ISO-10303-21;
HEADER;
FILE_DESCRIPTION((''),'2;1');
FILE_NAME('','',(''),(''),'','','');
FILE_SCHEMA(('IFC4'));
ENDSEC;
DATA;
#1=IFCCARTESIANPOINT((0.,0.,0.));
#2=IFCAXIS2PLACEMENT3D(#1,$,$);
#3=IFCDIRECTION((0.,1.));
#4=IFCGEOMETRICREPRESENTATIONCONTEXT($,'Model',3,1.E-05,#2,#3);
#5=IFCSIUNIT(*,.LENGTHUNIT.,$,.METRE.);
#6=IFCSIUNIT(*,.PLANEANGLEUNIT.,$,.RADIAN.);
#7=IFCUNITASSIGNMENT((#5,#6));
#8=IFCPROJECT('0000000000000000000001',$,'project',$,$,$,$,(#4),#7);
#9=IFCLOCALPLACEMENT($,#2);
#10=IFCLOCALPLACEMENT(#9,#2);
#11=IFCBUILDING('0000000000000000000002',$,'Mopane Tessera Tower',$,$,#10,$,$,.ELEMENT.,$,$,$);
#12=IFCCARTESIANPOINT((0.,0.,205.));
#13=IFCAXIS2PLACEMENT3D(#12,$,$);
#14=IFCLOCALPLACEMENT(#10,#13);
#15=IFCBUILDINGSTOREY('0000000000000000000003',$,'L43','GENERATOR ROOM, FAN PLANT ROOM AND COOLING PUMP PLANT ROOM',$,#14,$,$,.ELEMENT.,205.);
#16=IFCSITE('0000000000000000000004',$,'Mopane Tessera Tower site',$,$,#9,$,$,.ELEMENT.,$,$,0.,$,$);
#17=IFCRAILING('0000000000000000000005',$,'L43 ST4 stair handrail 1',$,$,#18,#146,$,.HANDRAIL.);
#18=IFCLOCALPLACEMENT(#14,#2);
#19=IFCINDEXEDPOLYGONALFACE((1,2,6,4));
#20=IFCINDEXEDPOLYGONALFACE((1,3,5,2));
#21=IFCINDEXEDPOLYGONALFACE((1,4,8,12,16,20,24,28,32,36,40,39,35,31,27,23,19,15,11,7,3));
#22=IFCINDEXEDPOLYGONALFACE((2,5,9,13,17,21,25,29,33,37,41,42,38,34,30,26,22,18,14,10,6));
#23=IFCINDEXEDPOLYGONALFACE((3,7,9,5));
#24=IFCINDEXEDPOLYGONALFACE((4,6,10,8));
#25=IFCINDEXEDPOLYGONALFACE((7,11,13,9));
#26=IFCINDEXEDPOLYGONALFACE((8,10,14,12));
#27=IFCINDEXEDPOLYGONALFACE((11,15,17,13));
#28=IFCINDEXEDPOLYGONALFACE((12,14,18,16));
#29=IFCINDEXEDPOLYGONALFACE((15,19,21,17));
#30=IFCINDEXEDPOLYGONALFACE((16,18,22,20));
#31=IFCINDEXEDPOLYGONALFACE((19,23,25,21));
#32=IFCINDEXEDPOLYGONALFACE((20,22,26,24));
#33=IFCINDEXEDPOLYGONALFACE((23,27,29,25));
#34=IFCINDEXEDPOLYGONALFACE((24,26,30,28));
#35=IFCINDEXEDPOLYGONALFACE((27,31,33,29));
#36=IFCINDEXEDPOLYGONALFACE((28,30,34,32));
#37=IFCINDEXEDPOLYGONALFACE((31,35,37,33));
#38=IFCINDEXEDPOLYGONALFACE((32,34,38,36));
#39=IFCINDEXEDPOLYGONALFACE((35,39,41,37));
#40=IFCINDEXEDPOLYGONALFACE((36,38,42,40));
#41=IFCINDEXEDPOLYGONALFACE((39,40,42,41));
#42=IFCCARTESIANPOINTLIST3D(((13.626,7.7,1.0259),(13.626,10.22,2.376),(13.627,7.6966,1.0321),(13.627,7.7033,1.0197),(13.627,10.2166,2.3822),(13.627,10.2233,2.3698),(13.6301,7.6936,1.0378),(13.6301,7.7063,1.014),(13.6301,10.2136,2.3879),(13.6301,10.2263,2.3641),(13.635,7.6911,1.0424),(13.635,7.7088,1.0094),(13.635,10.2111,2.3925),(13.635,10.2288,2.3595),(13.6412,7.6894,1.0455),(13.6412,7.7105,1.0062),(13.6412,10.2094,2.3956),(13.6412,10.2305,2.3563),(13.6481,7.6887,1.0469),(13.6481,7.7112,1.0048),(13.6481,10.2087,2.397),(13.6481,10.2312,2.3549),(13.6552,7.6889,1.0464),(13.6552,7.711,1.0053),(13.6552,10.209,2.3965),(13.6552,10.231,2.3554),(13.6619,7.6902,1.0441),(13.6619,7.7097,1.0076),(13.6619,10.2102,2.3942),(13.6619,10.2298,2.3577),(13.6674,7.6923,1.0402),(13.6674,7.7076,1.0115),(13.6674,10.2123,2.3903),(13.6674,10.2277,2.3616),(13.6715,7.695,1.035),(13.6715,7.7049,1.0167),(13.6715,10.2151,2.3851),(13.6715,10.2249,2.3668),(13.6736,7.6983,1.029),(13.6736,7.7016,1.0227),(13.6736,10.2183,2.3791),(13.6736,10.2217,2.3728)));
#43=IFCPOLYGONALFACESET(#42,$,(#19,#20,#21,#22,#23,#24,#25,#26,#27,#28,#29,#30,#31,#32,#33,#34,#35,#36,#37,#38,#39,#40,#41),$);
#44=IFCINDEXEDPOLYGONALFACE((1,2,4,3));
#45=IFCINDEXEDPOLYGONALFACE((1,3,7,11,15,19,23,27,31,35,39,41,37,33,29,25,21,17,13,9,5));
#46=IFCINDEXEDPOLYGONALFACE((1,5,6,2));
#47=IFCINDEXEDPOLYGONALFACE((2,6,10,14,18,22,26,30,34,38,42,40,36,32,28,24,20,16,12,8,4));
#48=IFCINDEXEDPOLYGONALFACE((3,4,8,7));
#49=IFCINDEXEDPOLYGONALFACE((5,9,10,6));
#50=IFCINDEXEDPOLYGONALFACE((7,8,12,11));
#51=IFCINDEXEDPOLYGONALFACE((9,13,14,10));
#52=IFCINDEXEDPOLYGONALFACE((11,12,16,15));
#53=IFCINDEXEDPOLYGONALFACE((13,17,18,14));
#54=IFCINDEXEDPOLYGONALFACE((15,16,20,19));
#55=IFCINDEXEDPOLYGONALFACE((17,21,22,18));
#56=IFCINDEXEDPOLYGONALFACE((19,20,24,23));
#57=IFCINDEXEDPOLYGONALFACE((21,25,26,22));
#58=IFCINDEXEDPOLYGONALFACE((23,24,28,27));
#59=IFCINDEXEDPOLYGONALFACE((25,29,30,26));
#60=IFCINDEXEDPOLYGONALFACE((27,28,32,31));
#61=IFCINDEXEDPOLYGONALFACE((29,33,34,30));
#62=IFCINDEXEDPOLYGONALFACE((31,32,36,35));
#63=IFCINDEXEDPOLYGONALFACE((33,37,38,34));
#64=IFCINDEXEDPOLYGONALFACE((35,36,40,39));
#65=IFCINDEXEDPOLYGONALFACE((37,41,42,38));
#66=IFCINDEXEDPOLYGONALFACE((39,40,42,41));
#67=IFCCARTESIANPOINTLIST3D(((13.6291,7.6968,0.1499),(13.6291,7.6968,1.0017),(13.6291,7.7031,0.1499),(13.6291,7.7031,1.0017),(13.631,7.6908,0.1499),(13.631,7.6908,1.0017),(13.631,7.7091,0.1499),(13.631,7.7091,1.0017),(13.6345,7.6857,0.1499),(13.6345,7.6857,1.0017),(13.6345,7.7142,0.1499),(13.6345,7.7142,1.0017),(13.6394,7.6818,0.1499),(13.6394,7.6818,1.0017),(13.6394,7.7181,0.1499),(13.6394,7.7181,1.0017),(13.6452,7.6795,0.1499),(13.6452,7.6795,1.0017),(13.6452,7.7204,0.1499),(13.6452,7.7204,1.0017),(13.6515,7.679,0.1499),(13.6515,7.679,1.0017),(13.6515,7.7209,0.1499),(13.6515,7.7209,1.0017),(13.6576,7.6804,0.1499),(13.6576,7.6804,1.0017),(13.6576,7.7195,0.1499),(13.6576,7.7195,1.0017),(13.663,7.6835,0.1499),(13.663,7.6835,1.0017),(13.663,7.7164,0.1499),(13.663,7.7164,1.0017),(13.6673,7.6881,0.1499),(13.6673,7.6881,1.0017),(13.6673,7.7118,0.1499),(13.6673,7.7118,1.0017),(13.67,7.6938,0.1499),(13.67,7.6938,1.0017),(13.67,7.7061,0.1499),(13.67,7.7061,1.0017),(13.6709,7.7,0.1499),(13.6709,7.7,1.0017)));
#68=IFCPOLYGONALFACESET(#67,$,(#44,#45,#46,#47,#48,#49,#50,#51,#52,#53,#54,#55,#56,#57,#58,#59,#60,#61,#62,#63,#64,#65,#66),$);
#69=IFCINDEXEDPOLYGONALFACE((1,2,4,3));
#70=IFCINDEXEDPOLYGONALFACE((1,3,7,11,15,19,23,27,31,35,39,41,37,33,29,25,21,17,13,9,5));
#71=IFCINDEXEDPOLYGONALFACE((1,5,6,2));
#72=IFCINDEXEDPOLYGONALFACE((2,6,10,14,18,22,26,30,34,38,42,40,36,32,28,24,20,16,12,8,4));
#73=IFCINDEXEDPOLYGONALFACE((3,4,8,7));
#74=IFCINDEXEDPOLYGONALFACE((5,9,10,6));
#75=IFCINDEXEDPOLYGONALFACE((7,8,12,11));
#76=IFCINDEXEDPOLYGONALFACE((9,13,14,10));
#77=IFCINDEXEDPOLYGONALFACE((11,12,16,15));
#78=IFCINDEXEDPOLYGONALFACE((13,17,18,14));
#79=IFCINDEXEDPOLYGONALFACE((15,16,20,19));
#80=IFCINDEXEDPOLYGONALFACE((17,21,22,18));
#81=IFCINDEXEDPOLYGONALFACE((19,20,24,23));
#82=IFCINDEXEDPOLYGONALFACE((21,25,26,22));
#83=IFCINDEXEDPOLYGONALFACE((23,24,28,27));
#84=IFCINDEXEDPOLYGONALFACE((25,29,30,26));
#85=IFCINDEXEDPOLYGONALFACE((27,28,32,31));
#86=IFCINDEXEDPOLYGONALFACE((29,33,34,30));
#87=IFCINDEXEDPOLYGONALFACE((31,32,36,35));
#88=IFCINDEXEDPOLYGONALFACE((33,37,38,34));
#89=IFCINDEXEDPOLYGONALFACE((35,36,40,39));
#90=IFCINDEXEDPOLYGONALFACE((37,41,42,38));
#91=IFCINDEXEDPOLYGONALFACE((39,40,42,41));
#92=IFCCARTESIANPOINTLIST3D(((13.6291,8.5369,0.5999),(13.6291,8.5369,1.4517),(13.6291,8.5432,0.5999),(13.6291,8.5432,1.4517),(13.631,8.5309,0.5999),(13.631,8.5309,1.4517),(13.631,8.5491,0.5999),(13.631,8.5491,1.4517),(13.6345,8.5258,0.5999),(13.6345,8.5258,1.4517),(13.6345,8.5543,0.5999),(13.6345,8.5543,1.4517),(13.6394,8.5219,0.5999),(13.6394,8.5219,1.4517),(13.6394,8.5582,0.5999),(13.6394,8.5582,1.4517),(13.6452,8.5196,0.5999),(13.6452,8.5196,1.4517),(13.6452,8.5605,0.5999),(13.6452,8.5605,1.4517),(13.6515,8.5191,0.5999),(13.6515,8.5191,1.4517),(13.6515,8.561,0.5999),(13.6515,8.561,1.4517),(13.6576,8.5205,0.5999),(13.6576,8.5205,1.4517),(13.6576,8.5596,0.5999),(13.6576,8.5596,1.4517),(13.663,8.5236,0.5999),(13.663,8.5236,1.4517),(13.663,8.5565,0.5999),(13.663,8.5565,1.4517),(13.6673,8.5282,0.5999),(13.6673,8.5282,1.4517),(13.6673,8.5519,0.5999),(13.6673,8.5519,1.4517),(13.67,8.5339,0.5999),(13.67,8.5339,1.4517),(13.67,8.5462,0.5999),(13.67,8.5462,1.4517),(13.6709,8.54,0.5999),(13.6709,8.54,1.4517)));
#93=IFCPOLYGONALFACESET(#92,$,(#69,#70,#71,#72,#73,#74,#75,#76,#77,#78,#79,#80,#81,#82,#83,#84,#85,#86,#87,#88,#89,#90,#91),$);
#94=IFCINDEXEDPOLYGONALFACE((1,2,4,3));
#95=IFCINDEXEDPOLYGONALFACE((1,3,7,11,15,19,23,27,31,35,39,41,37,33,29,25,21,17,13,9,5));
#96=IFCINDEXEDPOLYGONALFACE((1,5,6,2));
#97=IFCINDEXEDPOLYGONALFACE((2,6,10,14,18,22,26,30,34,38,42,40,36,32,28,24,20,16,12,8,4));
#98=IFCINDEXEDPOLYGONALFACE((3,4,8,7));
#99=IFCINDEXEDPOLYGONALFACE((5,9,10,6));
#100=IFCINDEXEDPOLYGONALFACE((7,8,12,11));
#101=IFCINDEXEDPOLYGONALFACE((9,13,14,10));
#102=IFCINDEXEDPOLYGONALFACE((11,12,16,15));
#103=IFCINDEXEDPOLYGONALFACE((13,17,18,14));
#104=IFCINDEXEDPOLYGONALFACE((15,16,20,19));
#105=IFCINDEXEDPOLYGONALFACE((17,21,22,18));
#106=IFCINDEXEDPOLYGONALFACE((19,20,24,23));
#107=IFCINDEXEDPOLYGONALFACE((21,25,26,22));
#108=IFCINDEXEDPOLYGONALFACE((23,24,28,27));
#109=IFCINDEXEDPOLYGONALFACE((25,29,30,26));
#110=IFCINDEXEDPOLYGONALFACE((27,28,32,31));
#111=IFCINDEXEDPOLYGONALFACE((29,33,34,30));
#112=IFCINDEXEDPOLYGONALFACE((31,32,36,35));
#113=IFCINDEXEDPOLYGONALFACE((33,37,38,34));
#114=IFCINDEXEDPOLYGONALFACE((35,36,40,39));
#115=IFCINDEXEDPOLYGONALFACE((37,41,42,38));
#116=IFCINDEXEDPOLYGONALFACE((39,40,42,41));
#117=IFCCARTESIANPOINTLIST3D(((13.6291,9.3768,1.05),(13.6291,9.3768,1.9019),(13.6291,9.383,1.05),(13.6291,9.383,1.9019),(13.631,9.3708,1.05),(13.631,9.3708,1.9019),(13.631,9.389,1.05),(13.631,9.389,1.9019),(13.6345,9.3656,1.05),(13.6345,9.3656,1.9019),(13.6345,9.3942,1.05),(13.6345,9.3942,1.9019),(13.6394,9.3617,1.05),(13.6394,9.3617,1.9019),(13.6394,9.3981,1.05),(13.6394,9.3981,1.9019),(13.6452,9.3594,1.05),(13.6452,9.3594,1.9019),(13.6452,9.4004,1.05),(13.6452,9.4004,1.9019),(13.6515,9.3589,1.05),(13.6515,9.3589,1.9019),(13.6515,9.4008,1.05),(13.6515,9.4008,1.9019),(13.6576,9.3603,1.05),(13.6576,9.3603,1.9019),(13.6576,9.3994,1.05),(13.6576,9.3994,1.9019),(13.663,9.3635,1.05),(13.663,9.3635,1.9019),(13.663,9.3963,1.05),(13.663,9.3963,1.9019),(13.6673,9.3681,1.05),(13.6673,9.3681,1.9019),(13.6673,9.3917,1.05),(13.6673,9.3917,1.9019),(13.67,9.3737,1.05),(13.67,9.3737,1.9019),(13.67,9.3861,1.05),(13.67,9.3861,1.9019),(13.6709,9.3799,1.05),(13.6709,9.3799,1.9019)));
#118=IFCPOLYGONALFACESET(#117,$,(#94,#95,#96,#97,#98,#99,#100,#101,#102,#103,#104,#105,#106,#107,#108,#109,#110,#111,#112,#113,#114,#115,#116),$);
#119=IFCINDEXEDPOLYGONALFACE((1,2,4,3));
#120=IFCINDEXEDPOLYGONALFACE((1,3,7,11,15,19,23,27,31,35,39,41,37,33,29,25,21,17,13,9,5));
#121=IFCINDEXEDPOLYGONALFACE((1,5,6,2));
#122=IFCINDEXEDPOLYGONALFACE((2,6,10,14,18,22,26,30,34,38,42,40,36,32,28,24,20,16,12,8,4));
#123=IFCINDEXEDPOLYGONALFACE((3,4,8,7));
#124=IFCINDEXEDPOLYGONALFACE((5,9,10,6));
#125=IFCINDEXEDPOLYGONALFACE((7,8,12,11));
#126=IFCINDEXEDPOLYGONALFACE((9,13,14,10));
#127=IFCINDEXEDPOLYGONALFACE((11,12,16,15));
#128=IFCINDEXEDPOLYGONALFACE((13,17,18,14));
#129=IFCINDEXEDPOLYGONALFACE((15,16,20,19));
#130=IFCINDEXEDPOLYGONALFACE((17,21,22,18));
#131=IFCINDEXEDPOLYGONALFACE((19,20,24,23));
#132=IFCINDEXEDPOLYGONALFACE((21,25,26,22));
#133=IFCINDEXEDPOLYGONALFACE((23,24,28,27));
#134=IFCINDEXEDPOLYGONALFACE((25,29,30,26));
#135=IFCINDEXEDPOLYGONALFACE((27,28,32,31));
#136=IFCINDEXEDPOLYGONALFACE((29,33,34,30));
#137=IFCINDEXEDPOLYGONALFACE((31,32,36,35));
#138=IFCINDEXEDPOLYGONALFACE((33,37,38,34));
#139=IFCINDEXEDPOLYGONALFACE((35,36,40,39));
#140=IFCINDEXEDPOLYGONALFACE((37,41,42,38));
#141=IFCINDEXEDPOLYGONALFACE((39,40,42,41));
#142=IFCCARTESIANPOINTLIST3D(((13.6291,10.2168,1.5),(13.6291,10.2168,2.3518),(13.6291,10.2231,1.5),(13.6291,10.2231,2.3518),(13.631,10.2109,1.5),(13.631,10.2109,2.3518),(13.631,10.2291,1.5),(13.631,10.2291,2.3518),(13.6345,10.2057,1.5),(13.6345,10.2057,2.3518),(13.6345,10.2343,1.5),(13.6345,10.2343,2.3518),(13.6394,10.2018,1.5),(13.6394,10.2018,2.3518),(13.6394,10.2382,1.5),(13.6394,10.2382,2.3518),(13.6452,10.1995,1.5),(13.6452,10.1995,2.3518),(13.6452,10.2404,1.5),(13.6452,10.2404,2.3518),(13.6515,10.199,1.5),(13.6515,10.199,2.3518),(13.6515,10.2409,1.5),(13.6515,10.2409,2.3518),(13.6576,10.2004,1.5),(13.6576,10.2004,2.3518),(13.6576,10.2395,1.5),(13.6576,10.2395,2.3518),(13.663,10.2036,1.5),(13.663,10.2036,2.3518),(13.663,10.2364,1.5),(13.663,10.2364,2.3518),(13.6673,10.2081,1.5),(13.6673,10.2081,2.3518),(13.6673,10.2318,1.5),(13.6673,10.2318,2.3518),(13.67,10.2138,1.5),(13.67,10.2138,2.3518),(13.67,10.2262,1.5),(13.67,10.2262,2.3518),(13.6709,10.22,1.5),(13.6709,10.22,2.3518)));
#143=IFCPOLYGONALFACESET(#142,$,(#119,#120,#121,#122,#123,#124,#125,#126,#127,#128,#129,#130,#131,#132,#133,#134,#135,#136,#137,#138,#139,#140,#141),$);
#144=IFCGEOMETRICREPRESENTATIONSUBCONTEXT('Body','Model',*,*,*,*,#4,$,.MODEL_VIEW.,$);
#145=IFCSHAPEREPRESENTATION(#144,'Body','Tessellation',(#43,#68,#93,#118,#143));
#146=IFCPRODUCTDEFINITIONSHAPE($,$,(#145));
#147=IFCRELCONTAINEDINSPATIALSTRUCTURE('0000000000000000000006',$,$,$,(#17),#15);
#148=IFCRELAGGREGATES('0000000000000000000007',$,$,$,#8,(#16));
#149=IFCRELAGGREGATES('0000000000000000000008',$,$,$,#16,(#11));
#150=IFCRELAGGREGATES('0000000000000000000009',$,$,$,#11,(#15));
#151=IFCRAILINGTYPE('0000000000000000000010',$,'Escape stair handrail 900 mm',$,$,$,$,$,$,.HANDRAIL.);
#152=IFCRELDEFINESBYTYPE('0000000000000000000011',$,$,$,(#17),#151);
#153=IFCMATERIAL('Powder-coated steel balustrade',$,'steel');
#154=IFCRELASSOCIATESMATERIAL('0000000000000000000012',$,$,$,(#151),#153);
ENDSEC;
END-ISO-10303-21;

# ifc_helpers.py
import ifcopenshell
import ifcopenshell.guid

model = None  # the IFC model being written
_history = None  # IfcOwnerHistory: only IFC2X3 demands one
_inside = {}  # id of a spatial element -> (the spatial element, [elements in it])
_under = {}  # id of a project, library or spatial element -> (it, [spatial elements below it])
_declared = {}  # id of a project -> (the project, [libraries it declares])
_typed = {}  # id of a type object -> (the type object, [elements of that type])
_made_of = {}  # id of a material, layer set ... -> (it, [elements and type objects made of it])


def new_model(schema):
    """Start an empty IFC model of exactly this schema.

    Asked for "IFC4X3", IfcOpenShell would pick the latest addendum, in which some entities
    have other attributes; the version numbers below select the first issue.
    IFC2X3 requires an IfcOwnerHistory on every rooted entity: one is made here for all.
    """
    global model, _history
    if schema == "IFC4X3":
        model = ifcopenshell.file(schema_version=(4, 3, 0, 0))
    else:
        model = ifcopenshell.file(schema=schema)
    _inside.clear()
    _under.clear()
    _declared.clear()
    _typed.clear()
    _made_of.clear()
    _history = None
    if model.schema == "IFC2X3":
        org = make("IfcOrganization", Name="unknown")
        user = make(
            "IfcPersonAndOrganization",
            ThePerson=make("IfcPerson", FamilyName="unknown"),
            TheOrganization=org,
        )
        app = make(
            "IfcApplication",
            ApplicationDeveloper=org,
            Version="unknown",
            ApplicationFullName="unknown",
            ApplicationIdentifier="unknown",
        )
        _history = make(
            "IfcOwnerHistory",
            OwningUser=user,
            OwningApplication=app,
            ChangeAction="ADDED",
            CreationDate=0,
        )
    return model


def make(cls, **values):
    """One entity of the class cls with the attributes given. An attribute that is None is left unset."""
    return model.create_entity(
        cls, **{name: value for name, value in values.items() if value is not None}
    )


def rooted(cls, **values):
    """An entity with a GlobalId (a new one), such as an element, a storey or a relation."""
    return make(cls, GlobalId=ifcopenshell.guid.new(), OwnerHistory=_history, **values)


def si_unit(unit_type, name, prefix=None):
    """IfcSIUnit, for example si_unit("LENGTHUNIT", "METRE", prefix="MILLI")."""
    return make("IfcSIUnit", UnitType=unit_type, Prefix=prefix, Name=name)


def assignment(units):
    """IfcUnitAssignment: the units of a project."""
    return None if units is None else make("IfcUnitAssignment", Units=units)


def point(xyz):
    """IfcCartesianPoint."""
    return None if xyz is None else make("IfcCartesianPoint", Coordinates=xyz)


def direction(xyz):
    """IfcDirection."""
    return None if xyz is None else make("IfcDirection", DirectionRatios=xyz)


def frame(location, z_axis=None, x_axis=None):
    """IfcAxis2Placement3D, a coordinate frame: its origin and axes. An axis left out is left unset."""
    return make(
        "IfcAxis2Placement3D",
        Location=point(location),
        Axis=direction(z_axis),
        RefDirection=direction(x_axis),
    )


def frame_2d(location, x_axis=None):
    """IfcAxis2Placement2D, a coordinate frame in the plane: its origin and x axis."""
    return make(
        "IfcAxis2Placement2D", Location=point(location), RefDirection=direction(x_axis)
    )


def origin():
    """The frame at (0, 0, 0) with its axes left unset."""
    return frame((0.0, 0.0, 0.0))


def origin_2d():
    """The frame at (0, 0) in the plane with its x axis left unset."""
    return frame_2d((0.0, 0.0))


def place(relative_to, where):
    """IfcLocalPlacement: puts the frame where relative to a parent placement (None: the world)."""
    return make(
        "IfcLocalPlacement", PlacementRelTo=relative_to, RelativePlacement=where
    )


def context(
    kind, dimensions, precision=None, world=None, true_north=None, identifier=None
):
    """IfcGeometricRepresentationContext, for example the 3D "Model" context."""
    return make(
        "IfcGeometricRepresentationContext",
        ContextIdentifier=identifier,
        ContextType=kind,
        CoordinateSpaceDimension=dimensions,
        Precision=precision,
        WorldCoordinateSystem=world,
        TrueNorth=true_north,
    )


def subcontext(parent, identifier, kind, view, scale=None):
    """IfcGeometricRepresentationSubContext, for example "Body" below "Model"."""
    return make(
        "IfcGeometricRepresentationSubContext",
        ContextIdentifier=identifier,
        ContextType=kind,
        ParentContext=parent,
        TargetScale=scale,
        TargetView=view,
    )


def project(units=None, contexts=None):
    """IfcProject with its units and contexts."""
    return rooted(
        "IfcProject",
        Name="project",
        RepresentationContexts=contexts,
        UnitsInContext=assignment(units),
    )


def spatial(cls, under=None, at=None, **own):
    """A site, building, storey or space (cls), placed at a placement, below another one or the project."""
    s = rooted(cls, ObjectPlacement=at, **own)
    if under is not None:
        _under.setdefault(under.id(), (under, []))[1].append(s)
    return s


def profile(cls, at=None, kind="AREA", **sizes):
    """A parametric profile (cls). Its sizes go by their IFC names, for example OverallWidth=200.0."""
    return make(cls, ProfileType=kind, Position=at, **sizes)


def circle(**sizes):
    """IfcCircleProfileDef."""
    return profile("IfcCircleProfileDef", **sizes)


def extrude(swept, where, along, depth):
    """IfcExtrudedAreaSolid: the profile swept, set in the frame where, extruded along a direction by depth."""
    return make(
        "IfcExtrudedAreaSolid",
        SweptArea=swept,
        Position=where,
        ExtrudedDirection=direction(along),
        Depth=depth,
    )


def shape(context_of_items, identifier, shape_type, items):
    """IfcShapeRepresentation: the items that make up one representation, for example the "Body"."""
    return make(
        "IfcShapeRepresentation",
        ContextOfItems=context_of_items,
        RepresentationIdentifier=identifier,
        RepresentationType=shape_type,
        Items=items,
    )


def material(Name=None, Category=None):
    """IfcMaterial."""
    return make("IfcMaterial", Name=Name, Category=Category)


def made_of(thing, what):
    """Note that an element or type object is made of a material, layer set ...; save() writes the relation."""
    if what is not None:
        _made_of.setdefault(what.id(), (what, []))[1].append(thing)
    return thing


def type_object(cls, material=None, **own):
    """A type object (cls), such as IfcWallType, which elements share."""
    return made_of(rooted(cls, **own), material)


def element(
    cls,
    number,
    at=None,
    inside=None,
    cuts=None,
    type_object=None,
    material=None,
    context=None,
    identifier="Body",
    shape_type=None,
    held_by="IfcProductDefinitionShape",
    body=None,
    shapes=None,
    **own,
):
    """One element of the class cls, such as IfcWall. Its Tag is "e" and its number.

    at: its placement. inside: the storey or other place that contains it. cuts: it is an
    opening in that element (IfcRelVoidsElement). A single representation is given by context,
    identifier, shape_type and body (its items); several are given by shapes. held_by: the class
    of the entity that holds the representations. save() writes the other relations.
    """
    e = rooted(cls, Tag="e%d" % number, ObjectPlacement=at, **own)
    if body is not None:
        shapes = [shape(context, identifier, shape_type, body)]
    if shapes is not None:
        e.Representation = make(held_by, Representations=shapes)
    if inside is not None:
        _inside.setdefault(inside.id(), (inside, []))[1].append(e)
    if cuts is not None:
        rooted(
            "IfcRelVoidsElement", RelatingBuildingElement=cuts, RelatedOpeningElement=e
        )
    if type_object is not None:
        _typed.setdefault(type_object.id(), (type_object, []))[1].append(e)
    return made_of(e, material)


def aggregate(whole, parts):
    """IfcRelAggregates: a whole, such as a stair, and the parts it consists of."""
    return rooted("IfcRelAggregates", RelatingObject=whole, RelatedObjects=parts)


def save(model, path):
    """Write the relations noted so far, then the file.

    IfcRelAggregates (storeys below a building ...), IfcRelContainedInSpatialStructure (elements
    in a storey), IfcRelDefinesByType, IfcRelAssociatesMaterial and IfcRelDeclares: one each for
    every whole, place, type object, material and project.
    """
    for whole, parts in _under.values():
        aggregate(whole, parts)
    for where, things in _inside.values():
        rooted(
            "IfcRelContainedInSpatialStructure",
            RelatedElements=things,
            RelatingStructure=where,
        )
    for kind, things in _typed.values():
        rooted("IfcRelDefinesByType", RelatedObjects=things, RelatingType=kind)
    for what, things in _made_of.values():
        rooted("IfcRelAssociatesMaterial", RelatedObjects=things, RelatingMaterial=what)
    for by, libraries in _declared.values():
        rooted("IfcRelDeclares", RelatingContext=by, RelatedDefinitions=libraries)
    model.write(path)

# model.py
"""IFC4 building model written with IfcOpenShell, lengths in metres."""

from ifc_helpers import new_model, si_unit, direction, frame, origin, origin_2d, place, context, subcontext, project, spatial, circle, extrude, material, type_object, element, save


model = new_model("IFC4")

# Units and contexts
model_context = context("Model", 3, precision=1e-05, world=origin(), true_north=direction((0.0, 1.0)))
body_context = subcontext(model_context, "Body", "Model", "MODEL_VIEW")
ifc_project = project(units=[si_unit("LENGTHUNIT", "METRE"), si_unit("PLANEANGLEUNIT", "RADIAN")], contexts=[model_context])

# Site, building, storey
site_placement = place(None, origin())
site = spatial("IfcSite", under=ifc_project, at=site_placement, Name="Mopane Tessera Tower site", CompositionType="ELEMENT", RefElevation=0.0)
building_placement = place(site_placement, origin())
building = spatial("IfcBuilding", under=site, at=building_placement, Name="Mopane Tessera Tower", CompositionType="ELEMENT")
storey_placement = place(building_placement, frame((0.0, 0.0, 205.0)))
storey = spatial("IfcBuildingStorey", under=building, at=storey_placement, Name="L43", Description="GENERATOR ROOM, FAN PLANT ROOM AND COOLING PUMP PLANT ROOM", CompositionType="ELEMENT", Elevation=205.0)

# Railing
ifc_material_1 = material(Name="Powder-coated steel balustrade", Category="steel")
railing_type_1 = type_object("IfcRailingType", Name="Escape stair handrail 900 mm", PredefinedType="HANDRAIL", material=ifc_material_1)
railing_1_placement = place(storey_placement, frame((13.6499, 7.7, 0.1499)))
element("IfcRailing", 1, at=railing_1_placement, inside=storey, type_object=railing_type_1, Name="L43 ST4 stair handrail 1", PredefinedType="HANDRAIL", context=body_context, shape_type="SweptSolid", body=[
    extrude(circle(Radius=0.0239, at=origin_2d()), frame((0.0, 0.0, 0.876), z_axis=(0.0, 0.881467, 0.472245), x_axis=(-1.0, 0.0, 0.0)), (0.0, 0.0, 1.0), 2.8589),
    extrude(circle(Radius=0.021, at=origin_2d()), origin(), (0.0, 0.0, 1.0), 0.8518),
    extrude(circle(Radius=0.021, at=origin_2d()), frame((0.0, 0.8401, 0.45)), (0.0, 0.0, 1.0), 0.8518),
    extrude(circle(Radius=0.021, at=origin_2d()), frame((0.0, 1.6799, 0.9001)), (0.0, 0.0, 1.0), 0.8518),
    extrude(circle(Radius=0.021, at=origin_2d()), frame((0.0, 2.52, 1.3501)), (0.0, 0.0, 1.0), 0.8518),
])

save(model, "model.ifc")
